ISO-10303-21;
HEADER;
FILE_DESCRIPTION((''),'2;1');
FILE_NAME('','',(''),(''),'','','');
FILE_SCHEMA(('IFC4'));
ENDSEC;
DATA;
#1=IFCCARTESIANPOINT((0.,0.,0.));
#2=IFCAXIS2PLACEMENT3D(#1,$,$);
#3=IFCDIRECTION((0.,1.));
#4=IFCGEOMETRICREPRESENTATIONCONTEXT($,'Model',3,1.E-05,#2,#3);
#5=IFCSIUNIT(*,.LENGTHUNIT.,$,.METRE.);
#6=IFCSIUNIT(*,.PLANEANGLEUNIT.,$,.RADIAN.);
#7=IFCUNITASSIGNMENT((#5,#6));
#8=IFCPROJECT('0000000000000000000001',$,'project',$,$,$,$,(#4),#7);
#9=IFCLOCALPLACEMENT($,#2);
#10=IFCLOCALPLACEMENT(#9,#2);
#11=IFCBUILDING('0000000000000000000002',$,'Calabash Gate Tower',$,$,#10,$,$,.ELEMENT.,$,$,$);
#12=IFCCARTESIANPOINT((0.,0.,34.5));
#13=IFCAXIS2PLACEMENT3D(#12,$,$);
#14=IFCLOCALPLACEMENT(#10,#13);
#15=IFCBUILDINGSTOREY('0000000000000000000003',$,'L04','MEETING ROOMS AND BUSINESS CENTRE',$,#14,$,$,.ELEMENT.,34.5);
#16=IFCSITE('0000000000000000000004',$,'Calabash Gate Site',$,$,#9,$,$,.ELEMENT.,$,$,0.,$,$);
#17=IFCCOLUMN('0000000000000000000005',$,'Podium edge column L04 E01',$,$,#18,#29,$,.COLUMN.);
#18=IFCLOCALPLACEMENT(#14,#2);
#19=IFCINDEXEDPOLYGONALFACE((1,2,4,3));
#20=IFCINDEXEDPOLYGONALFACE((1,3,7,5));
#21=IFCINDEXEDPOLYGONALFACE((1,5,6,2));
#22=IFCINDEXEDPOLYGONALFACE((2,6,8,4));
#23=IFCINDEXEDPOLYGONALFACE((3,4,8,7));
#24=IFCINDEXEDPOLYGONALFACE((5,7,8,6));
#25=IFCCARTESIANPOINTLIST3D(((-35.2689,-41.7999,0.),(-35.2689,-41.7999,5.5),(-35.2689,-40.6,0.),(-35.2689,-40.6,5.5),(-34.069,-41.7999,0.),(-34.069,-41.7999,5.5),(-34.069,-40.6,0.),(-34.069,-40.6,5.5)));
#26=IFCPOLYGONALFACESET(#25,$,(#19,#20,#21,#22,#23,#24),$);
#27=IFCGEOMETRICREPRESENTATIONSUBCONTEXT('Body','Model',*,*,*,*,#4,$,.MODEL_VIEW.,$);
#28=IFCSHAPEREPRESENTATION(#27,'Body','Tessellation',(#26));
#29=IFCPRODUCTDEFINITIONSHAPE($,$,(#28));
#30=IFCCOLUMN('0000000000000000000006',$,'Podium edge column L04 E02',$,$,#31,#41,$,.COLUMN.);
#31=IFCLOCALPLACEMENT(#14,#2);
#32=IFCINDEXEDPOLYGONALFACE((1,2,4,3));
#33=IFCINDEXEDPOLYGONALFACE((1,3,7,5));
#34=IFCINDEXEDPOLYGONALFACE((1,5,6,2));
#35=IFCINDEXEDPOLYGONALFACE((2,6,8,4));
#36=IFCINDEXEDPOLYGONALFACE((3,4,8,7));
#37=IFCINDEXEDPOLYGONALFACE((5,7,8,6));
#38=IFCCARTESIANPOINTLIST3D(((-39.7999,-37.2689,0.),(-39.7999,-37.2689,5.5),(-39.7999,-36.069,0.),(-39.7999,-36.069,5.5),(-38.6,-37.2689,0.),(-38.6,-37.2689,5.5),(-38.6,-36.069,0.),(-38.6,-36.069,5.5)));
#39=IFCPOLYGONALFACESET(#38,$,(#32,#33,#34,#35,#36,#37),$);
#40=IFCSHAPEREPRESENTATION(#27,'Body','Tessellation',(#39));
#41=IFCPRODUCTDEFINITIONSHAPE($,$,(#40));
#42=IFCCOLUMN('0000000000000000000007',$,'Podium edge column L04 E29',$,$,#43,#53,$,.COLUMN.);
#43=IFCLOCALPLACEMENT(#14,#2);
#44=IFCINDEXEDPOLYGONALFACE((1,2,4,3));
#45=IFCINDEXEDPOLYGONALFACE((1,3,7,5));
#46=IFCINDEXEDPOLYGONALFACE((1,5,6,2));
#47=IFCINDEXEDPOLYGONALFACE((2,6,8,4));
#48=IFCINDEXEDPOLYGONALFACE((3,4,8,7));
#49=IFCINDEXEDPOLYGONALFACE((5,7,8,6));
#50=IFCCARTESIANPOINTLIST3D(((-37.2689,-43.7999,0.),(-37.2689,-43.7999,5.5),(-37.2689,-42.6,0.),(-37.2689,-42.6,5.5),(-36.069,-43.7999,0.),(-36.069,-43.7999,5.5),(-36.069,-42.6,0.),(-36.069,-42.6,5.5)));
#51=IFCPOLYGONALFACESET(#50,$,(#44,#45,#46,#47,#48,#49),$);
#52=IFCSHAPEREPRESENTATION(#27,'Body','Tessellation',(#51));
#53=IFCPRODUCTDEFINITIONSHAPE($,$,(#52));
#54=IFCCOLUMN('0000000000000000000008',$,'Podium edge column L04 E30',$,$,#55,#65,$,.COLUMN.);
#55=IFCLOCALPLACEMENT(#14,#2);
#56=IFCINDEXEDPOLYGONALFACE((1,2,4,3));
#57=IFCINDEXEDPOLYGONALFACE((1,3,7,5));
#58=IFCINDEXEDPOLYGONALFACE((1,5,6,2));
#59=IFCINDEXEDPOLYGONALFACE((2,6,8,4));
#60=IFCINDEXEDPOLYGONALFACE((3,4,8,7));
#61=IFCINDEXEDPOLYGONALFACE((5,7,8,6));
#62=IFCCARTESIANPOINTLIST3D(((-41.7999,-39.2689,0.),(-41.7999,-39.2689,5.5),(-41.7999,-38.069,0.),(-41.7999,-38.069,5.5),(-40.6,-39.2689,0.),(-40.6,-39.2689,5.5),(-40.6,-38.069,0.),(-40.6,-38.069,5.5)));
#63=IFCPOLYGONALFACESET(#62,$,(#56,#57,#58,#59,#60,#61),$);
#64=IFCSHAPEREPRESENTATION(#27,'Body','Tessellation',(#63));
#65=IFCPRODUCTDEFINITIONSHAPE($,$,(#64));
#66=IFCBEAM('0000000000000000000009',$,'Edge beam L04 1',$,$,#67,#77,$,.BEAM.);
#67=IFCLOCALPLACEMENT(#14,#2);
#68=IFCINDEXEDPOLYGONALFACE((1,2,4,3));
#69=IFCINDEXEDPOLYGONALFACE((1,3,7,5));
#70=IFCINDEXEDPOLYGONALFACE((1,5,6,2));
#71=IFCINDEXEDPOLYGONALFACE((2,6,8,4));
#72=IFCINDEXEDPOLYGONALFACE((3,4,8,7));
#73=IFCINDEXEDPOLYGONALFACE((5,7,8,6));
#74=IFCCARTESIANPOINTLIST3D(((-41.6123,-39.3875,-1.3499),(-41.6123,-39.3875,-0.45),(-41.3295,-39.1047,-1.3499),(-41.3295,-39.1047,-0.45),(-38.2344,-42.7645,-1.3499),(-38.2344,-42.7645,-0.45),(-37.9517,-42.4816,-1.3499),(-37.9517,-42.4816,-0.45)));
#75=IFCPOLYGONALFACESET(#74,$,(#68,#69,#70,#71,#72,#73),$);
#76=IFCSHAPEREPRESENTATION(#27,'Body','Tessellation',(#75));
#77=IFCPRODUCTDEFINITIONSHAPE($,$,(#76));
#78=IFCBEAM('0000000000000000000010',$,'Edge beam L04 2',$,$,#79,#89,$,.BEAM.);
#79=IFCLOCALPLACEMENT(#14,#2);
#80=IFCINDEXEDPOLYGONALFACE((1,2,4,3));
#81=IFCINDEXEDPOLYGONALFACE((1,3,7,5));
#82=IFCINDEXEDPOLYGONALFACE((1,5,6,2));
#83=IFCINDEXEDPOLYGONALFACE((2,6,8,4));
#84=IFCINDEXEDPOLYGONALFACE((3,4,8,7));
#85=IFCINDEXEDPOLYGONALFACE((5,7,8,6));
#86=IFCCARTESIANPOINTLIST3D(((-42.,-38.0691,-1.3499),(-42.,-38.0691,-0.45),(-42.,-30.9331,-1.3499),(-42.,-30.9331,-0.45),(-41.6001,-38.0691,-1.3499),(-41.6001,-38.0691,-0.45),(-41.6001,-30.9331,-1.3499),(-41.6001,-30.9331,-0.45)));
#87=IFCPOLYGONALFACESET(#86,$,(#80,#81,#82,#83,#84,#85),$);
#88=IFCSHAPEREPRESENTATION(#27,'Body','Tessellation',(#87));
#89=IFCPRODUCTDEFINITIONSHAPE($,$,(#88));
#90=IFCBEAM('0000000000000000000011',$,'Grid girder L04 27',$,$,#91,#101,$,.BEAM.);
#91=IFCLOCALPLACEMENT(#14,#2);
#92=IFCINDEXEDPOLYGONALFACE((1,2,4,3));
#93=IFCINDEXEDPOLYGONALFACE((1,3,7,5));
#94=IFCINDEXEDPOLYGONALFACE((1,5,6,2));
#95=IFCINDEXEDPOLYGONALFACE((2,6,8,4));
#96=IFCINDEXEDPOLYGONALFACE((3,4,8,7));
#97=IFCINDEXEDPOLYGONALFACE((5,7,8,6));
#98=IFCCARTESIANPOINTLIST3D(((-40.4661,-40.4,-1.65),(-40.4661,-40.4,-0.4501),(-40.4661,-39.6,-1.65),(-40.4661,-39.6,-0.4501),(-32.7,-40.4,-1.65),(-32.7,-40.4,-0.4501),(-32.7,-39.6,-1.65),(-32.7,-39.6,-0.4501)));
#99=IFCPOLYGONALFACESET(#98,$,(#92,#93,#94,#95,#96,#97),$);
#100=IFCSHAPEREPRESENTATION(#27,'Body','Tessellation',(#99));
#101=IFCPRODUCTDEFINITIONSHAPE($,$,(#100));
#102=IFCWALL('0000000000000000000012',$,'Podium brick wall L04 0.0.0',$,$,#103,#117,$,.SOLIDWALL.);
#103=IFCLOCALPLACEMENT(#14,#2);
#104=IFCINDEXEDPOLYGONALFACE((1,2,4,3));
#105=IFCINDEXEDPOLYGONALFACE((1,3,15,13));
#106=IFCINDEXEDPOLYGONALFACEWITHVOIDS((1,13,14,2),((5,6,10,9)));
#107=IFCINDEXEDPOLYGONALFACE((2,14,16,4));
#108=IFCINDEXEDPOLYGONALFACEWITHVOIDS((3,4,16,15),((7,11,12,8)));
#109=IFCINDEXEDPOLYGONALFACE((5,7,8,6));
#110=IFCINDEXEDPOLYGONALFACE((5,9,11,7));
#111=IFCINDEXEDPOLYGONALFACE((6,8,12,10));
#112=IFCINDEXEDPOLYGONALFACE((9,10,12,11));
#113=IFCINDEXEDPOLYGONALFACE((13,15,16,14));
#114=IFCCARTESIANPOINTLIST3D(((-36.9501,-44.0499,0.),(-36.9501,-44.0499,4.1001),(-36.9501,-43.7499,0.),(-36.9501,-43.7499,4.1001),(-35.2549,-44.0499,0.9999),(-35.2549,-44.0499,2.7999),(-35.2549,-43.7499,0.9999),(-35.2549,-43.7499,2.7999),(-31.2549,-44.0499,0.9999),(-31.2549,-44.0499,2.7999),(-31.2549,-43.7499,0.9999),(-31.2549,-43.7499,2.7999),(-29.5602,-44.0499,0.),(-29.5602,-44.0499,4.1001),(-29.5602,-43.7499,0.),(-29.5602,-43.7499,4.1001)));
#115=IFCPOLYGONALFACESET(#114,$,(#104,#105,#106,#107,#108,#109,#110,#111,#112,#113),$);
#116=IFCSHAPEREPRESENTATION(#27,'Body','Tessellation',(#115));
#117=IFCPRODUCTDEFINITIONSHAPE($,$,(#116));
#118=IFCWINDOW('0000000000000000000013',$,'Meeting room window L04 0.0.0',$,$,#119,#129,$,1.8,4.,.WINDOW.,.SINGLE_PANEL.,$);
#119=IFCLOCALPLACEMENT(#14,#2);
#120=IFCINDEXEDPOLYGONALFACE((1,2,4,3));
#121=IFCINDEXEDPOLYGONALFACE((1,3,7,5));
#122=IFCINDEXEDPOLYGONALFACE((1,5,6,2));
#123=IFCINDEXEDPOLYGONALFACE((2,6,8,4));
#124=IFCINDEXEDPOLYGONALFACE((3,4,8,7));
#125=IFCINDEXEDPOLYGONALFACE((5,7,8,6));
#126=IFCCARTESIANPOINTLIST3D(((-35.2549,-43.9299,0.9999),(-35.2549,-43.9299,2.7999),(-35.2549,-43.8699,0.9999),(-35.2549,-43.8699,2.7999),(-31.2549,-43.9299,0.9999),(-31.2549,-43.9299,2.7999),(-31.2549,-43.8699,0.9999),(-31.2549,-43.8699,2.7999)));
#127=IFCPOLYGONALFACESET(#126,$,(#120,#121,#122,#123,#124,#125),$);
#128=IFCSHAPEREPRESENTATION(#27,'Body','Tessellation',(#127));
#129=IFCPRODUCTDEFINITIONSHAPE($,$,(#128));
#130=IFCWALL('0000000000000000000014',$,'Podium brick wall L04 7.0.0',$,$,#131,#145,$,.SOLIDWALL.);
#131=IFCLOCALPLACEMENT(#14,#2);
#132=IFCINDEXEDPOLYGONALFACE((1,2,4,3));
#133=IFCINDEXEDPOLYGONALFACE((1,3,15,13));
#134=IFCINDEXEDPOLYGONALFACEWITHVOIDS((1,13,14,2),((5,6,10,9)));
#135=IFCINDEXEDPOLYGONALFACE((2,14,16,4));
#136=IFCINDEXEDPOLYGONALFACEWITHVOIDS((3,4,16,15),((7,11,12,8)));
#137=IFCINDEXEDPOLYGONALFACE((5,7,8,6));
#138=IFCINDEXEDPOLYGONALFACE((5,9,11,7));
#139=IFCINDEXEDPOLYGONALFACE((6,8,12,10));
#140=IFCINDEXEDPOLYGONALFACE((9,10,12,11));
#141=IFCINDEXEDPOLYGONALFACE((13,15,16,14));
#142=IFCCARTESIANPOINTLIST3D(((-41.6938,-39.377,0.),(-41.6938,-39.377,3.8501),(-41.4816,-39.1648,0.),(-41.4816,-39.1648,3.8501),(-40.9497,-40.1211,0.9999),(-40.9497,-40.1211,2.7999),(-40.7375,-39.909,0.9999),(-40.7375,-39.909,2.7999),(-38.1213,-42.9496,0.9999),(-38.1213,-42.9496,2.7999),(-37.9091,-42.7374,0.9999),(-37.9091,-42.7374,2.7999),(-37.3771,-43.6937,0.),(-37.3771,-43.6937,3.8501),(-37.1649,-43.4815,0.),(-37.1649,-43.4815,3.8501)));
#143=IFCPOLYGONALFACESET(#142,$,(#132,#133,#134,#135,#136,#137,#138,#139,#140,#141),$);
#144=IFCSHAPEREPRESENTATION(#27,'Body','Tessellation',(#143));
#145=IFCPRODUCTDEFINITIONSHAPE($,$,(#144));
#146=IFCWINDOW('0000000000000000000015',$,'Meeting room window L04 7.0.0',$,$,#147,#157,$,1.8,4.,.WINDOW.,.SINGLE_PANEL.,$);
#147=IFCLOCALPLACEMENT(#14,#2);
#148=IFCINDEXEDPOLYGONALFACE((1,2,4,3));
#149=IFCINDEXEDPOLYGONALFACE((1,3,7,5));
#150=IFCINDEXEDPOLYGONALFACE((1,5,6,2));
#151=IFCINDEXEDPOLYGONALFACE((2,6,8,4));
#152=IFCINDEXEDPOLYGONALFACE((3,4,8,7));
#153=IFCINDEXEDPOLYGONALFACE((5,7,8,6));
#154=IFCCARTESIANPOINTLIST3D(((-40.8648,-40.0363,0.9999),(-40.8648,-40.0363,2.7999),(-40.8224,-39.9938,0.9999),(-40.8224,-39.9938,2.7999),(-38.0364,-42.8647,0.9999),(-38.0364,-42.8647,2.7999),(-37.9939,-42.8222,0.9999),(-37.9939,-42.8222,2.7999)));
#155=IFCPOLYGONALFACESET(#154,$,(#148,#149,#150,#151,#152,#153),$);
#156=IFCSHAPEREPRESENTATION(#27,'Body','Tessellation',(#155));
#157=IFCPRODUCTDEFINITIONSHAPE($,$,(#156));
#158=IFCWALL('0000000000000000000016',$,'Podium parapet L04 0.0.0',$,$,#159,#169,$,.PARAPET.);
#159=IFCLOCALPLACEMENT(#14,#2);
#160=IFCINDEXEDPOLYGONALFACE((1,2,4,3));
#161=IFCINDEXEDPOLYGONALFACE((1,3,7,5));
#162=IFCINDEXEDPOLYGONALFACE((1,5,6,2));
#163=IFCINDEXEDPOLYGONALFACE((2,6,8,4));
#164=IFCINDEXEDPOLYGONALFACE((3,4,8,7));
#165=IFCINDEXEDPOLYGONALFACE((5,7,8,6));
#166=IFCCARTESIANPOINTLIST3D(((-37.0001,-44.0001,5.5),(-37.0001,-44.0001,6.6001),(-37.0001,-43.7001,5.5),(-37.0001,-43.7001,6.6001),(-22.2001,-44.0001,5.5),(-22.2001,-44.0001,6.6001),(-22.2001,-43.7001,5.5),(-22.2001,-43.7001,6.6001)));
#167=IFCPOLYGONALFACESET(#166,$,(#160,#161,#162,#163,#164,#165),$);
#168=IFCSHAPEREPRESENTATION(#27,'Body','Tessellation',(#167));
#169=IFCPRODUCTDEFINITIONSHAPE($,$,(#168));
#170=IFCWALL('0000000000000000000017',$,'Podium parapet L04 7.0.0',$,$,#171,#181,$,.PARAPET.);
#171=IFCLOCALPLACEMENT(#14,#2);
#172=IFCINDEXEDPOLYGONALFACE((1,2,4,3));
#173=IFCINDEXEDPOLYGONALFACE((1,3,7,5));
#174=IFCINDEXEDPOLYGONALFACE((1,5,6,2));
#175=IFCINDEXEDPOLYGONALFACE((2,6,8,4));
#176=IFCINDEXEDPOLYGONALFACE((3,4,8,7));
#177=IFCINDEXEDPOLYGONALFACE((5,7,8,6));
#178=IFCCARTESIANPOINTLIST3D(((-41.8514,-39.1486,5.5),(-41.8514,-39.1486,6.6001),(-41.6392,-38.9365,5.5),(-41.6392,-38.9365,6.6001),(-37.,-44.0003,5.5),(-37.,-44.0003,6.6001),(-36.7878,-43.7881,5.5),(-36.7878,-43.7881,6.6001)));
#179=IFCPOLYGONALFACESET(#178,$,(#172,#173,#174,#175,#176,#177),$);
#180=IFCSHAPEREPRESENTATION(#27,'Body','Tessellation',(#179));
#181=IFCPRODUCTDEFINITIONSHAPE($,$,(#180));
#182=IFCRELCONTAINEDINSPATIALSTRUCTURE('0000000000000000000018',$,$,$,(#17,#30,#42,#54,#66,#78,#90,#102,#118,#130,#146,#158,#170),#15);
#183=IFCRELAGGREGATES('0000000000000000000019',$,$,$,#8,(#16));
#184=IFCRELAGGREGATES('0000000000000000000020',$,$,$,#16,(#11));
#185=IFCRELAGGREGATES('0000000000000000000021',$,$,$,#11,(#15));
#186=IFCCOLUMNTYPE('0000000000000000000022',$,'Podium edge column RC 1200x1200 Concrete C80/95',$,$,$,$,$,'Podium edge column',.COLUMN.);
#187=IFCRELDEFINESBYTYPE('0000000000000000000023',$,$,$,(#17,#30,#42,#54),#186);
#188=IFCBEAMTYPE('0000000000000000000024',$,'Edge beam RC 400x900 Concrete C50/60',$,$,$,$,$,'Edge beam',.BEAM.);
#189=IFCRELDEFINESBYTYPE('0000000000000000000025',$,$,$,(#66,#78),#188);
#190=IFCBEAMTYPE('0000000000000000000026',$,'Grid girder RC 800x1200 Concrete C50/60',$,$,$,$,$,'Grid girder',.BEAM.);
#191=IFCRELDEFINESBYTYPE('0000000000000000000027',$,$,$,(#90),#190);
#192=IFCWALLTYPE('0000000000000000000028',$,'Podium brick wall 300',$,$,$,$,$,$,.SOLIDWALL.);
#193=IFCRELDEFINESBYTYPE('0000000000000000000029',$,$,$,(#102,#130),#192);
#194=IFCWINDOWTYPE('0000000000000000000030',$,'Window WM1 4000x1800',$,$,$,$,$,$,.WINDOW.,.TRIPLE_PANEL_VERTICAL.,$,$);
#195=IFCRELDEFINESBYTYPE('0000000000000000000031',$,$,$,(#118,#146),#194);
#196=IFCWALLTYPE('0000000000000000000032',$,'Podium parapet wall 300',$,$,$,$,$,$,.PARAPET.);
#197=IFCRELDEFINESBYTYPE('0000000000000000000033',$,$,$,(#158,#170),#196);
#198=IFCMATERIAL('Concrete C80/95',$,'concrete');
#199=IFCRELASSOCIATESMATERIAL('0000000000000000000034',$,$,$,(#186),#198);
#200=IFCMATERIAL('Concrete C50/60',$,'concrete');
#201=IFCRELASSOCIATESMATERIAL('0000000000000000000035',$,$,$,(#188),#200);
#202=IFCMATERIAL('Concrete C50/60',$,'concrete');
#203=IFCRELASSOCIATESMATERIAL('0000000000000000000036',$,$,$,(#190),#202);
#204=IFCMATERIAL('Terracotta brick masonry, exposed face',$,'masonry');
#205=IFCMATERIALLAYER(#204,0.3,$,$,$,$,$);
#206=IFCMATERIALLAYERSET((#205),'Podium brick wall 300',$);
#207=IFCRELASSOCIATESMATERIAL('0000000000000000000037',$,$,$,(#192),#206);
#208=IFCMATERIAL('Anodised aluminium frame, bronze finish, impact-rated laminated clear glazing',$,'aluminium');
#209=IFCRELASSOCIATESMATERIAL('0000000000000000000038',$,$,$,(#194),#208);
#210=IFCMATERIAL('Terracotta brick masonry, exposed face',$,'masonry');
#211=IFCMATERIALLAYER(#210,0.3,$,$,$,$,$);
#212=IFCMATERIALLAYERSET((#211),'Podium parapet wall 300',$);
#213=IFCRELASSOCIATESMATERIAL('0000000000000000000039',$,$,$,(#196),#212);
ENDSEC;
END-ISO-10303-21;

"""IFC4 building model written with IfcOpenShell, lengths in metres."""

from ifc_helpers import new_model, si_unit, direction, frame, frame_2d, origin, origin_2d, place, context, subcontext, project, spatial, rectangle, extrude, material, layer, layer_set, material_profile, profile_set, type_object, element, fill, save


model = new_model("IFC4")

# Units and contexts
model_context = context("Model", 3, precision=1e-05, world=origin(), true_north=direction((0.0, 1.0)))
body_context = subcontext(model_context, "Body", "Model", "MODEL_VIEW")
ifc_project = project(units=[si_unit("LENGTHUNIT", "METRE"), si_unit("PLANEANGLEUNIT", "RADIAN")], contexts=[model_context])

# Site, building, storey
site_placement = place(None, origin())
site = spatial("IfcSite", under=ifc_project, at=site_placement, Name="Calabash Gate Site", CompositionType="ELEMENT", RefElevation=0.0)
building_placement = place(site_placement, origin())
building = spatial("IfcBuilding", under=site, at=building_placement, Name="Calabash Gate Tower", CompositionType="ELEMENT")
storey_placement = place(building_placement, frame((0.0, 0.0, 34.5)))
storey = spatial("IfcBuildingStorey", under=building, at=storey_placement, Name="L04", Description="MEETING ROOMS AND BUSINESS CENTRE", CompositionType="ELEMENT", Elevation=34.5)

# Columns
ifc_material_1 = material(Name="Concrete C80/95", Category="concrete")
ifc_material_profile_1 = material_profile(ifc_material_1, rectangle(XDim=1.2, YDim=1.2, at=origin_2d()))
ifc_profile_set_1 = profile_set([ifc_material_profile_1], Name="Concrete C80/95")
column_type = type_object("IfcColumnType", Name="Podium edge column RC 1200x1200 Concrete C80/95", ElementType="Podium edge column", PredefinedType="COLUMN", material=ifc_profile_set_1)
for number, where, z_axis, x_axis, name in (
    (1, (-34.6689, -41.2, 0.0), (0.0, 0.0, 1.0), (1.0, 0.0, 0.0), "Podium edge column L04 E01"),
    (2, (-39.2, -36.6689, 0.0), (0.0, 0.0, 1.0), (1.0, 0.0, 0.0), "Podium edge column L04 E02"),
    (3, (-36.6689, -43.2, 0.0), (0.0, 0.0, 1.0), (1.0, 0.0, 0.0), "Podium edge column L04 E29"),
    (4, (-41.2, -38.6689, 0.0), (0.0, 0.0, 1.0), (1.0, 0.0, 0.0), "Podium edge column L04 E30"),
):
    element("IfcColumn", number, at=place(storey_placement, frame(where, z_axis=z_axis, x_axis=x_axis)), inside=storey, type_object=column_type, Name=name, PredefinedType="COLUMN", context=body_context, shape_type="SweptSolid", body=[
        extrude(rectangle(XDim=1.2, YDim=1.2, at=origin_2d()), origin(), (0.0, 0.0, 1.0), 5.5),
    ])

# Beams
ifc_material_2 = material(Name="Concrete C50/60", Category="concrete")
ifc_material_profile_2 = material_profile(ifc_material_2, rectangle(XDim=0.3999, YDim=0.8999, at=origin_2d()))
ifc_profile_set_2 = profile_set([ifc_material_profile_2], Name="Concrete C50/60")
beam_type_1 = type_object("IfcBeamType", Name="Edge beam RC 400x900 Concrete C50/60", ElementType="Edge beam", PredefinedType="BEAM", material=ifc_profile_set_2)
beam_1_placement = place(storey_placement, frame((-38.093, -42.623, -0.8999), z_axis=(-0.707209, 0.707005, 0.0), x_axis=(-0.707005, -0.707209, 0.0)))
element("IfcBeam", 5, at=beam_1_placement, inside=storey, type_object=beam_type_1, Name="Edge beam L04 1", PredefinedType="BEAM", context=body_context, shape_type="SweptSolid", body=[
    extrude(rectangle(XDim=0.3999, YDim=0.8999, at=origin_2d()), origin(), (0.0, 0.0, 1.0), 4.7764),
])
beam_2_placement = place(storey_placement, frame((-41.8, -38.0691, -0.8999), z_axis=(0.0, 1.0, 0.0), x_axis=(-1.0, 0.0, 0.0)))
element("IfcBeam", 6, at=beam_2_placement, inside=storey, type_object=beam_type_1, Name="Edge beam L04 2", PredefinedType="BEAM", context=body_context, shape_type="SweptSolid", body=[
    extrude(rectangle(XDim=0.3999, YDim=0.8999, at=origin_2d()), origin(), (0.0, 0.0, 1.0), 7.136),
])
ifc_material_3 = material(Name="Concrete C50/60", Category="concrete")
ifc_material_profile_3 = material_profile(ifc_material_3, rectangle(XDim=0.8, YDim=1.2, at=origin_2d()))
ifc_profile_set_3 = profile_set([ifc_material_profile_3], Name="Concrete C50/60")
beam_type_2 = type_object("IfcBeamType", Name="Grid girder RC 800x1200 Concrete C50/60", ElementType="Grid girder", PredefinedType="BEAM", material=ifc_profile_set_3)
beam_3_placement = place(storey_placement, frame((-40.4661, -40.0, -1.05), z_axis=(1.0, 0.0, 0.0), x_axis=(0.0, 1.0, 0.0)))
element("IfcBeam", 7, at=beam_3_placement, inside=storey, type_object=beam_type_2, Name="Grid girder L04 27", PredefinedType="BEAM", context=body_context, shape_type="SweptSolid", body=[
    extrude(rectangle(XDim=0.8, YDim=1.2, at=origin_2d()), origin(), (0.0, 0.0, 1.0), 7.7661),
])

# Walls, openings, windows
ifc_material_4 = material(Name="Terracotta brick masonry, exposed face", Category="masonry")
ifc_layer_1 = layer(ifc_material_4, 0.3)
ifc_layer_set_1 = layer_set([ifc_layer_1], Name="Podium brick wall 300")
wall_type_1 = type_object("IfcWallType", Name="Podium brick wall 300", PredefinedType="SOLIDWALL", material=ifc_layer_set_1)
wall_1_placement = place(storey_placement, frame((-36.95, -43.8999, 0.0), z_axis=(0.0, 0.0, 1.0), x_axis=(1.0, 0.0, 0.0)))
wall_1 = element("IfcWall", 8, at=wall_1_placement, inside=storey, type_object=wall_type_1, Name="Podium brick wall L04 0.0.0", PredefinedType="SOLIDWALL", context=body_context, shape_type="SweptSolid", body=[
    extrude(rectangle(XDim=7.3899, YDim=0.3, at=frame_2d((3.6948, 0.0))), origin(), (0.0, 0.0, 1.0), 4.1001),
])
opening_1_placement = place(wall_1_placement, frame((1.6951, 0.0, 1.0)))
opening_1 = element("IfcOpeningElement", 9, at=opening_1_placement, cuts=wall_1, PredefinedType="OPENING", context=body_context, shape_type="SweptSolid", body=[
    extrude(rectangle(XDim=4.0, YDim=1.8, at=frame_2d((2.0, 0.8999))), frame((0.0, 0.1599, 0.0), z_axis=(0.0, -1.0, 0.0), x_axis=(1.0, 0.0, 0.0)), (0.0, 0.0, 1.0), 0.3201),
])
ifc_material_5 = material(Name="Anodised aluminium frame, bronze finish, impact-rated laminated clear glazing", Category="aluminium")
window_type = type_object("IfcWindowType", Name="Window WM1 4000x1800", PartitioningType="TRIPLE_PANEL_VERTICAL", PredefinedType="WINDOW", material=ifc_material_5)
window_1_placement = place(opening_1_placement, origin())
window_1 = element("IfcWindow", 10, at=window_1_placement, inside=storey, type_object=window_type, Name="Meeting room window L04 0.0.0", OverallHeight=1.8, OverallWidth=4.0, PartitioningType="SINGLE_PANEL", PredefinedType="WINDOW", context=body_context, shape_type="SweptSolid", body=[
    extrude(rectangle(XDim=4.0, YDim=1.8, at=frame_2d((2.0, 0.8999))), frame((0.0, 0.03, 0.0), z_axis=(0.0, -1.0, 0.0), x_axis=(1.0, 0.0, 0.0)), (0.0, 0.0, 1.0), 0.0601),
])
fill(opening_1, window_1)
wall_2_placement = place(storey_placement, frame((-41.5876, -39.271, 0.0), z_axis=(0.0, 0.0, 1.0), x_axis=(0.707107, -0.707107, 0.0)))
wall_2 = element("IfcWall", 11, at=wall_2_placement, inside=storey, type_object=wall_type_1, Name="Podium brick wall L04 7.0.0", PredefinedType="SOLIDWALL", context=body_context, shape_type="SweptSolid", body=[
    extrude(rectangle(XDim=6.1047, YDim=0.3, at=frame_2d((3.0522, 0.0))), origin(), (0.0, 0.0, 1.0), 3.8501),
])
opening_2_placement = place(wall_2_placement, frame((1.0522, 0.0, 1.0)))
opening_2 = element("IfcOpeningElement", 12, at=opening_2_placement, cuts=wall_2, PredefinedType="OPENING", context=body_context, shape_type="SweptSolid", body=[
    extrude(rectangle(XDim=4.0, YDim=1.8, at=frame_2d((2.0, 0.8999))), frame((0.0, 0.1599, 0.0), z_axis=(0.0, -1.0, 0.0), x_axis=(1.0, 0.0, 0.0)), (0.0, 0.0, 1.0), 0.3201),
])
window_2_placement = place(opening_2_placement, origin())
window_2 = element("IfcWindow", 13, at=window_2_placement, inside=storey, type_object=window_type, Name="Meeting room window L04 7.0.0", OverallHeight=1.8, OverallWidth=4.0, PartitioningType="SINGLE_PANEL", PredefinedType="WINDOW", context=body_context, shape_type="SweptSolid", body=[
    extrude(rectangle(XDim=4.0, YDim=1.8, at=frame_2d((2.0, 0.8999))), frame((0.0, 0.03, 0.0), z_axis=(0.0, -1.0, 0.0), x_axis=(1.0, 0.0, 0.0)), (0.0, 0.0, 1.0), 0.0601),
])
fill(opening_2, window_2)

# Walls
ifc_material_6 = material(Name="Terracotta brick masonry, exposed face", Category="masonry")
ifc_layer_2 = layer(ifc_material_6, 0.3)
ifc_layer_set_2 = layer_set([ifc_layer_2], Name="Podium parapet wall 300")
wall_type_2 = type_object("IfcWallType", Name="Podium parapet wall 300", PredefinedType="PARAPET", material=ifc_layer_set_2)
wall_3_placement = place(storey_placement, frame((-37.0, -43.8501, 5.5), z_axis=(0.0, 0.0, 1.0), x_axis=(1.0, 0.0, 0.0)))
element("IfcWall", 14, at=wall_3_placement, inside=storey, type_object=wall_type_2, Name="Podium parapet L04 0.0.0", PredefinedType="PARAPET", context=body_context, shape_type="SweptSolid", body=[
    extrude(rectangle(XDim=14.8, YDim=0.3, at=frame_2d((7.3999, 0.0))), origin(), (0.0, 0.0, 1.0), 1.1001),
])
wall_4_placement = place(storey_placement, frame((-41.7454, -39.0425, 5.5), z_axis=(0.0, 0.0, 1.0), x_axis=(0.707089, -0.707125, 0.0)))
element("IfcWall", 15, at=wall_4_placement, inside=storey, type_object=wall_type_2, Name="Podium parapet L04 7.0.0", PredefinedType="PARAPET", context=body_context, shape_type="SweptSolid", body=[
    extrude(rectangle(XDim=6.8611, YDim=0.3, at=frame_2d((3.4307, 0.0))), origin(), (0.0, 0.0, 1.0), 1.1001),
])

save(model, "model.ifc")
